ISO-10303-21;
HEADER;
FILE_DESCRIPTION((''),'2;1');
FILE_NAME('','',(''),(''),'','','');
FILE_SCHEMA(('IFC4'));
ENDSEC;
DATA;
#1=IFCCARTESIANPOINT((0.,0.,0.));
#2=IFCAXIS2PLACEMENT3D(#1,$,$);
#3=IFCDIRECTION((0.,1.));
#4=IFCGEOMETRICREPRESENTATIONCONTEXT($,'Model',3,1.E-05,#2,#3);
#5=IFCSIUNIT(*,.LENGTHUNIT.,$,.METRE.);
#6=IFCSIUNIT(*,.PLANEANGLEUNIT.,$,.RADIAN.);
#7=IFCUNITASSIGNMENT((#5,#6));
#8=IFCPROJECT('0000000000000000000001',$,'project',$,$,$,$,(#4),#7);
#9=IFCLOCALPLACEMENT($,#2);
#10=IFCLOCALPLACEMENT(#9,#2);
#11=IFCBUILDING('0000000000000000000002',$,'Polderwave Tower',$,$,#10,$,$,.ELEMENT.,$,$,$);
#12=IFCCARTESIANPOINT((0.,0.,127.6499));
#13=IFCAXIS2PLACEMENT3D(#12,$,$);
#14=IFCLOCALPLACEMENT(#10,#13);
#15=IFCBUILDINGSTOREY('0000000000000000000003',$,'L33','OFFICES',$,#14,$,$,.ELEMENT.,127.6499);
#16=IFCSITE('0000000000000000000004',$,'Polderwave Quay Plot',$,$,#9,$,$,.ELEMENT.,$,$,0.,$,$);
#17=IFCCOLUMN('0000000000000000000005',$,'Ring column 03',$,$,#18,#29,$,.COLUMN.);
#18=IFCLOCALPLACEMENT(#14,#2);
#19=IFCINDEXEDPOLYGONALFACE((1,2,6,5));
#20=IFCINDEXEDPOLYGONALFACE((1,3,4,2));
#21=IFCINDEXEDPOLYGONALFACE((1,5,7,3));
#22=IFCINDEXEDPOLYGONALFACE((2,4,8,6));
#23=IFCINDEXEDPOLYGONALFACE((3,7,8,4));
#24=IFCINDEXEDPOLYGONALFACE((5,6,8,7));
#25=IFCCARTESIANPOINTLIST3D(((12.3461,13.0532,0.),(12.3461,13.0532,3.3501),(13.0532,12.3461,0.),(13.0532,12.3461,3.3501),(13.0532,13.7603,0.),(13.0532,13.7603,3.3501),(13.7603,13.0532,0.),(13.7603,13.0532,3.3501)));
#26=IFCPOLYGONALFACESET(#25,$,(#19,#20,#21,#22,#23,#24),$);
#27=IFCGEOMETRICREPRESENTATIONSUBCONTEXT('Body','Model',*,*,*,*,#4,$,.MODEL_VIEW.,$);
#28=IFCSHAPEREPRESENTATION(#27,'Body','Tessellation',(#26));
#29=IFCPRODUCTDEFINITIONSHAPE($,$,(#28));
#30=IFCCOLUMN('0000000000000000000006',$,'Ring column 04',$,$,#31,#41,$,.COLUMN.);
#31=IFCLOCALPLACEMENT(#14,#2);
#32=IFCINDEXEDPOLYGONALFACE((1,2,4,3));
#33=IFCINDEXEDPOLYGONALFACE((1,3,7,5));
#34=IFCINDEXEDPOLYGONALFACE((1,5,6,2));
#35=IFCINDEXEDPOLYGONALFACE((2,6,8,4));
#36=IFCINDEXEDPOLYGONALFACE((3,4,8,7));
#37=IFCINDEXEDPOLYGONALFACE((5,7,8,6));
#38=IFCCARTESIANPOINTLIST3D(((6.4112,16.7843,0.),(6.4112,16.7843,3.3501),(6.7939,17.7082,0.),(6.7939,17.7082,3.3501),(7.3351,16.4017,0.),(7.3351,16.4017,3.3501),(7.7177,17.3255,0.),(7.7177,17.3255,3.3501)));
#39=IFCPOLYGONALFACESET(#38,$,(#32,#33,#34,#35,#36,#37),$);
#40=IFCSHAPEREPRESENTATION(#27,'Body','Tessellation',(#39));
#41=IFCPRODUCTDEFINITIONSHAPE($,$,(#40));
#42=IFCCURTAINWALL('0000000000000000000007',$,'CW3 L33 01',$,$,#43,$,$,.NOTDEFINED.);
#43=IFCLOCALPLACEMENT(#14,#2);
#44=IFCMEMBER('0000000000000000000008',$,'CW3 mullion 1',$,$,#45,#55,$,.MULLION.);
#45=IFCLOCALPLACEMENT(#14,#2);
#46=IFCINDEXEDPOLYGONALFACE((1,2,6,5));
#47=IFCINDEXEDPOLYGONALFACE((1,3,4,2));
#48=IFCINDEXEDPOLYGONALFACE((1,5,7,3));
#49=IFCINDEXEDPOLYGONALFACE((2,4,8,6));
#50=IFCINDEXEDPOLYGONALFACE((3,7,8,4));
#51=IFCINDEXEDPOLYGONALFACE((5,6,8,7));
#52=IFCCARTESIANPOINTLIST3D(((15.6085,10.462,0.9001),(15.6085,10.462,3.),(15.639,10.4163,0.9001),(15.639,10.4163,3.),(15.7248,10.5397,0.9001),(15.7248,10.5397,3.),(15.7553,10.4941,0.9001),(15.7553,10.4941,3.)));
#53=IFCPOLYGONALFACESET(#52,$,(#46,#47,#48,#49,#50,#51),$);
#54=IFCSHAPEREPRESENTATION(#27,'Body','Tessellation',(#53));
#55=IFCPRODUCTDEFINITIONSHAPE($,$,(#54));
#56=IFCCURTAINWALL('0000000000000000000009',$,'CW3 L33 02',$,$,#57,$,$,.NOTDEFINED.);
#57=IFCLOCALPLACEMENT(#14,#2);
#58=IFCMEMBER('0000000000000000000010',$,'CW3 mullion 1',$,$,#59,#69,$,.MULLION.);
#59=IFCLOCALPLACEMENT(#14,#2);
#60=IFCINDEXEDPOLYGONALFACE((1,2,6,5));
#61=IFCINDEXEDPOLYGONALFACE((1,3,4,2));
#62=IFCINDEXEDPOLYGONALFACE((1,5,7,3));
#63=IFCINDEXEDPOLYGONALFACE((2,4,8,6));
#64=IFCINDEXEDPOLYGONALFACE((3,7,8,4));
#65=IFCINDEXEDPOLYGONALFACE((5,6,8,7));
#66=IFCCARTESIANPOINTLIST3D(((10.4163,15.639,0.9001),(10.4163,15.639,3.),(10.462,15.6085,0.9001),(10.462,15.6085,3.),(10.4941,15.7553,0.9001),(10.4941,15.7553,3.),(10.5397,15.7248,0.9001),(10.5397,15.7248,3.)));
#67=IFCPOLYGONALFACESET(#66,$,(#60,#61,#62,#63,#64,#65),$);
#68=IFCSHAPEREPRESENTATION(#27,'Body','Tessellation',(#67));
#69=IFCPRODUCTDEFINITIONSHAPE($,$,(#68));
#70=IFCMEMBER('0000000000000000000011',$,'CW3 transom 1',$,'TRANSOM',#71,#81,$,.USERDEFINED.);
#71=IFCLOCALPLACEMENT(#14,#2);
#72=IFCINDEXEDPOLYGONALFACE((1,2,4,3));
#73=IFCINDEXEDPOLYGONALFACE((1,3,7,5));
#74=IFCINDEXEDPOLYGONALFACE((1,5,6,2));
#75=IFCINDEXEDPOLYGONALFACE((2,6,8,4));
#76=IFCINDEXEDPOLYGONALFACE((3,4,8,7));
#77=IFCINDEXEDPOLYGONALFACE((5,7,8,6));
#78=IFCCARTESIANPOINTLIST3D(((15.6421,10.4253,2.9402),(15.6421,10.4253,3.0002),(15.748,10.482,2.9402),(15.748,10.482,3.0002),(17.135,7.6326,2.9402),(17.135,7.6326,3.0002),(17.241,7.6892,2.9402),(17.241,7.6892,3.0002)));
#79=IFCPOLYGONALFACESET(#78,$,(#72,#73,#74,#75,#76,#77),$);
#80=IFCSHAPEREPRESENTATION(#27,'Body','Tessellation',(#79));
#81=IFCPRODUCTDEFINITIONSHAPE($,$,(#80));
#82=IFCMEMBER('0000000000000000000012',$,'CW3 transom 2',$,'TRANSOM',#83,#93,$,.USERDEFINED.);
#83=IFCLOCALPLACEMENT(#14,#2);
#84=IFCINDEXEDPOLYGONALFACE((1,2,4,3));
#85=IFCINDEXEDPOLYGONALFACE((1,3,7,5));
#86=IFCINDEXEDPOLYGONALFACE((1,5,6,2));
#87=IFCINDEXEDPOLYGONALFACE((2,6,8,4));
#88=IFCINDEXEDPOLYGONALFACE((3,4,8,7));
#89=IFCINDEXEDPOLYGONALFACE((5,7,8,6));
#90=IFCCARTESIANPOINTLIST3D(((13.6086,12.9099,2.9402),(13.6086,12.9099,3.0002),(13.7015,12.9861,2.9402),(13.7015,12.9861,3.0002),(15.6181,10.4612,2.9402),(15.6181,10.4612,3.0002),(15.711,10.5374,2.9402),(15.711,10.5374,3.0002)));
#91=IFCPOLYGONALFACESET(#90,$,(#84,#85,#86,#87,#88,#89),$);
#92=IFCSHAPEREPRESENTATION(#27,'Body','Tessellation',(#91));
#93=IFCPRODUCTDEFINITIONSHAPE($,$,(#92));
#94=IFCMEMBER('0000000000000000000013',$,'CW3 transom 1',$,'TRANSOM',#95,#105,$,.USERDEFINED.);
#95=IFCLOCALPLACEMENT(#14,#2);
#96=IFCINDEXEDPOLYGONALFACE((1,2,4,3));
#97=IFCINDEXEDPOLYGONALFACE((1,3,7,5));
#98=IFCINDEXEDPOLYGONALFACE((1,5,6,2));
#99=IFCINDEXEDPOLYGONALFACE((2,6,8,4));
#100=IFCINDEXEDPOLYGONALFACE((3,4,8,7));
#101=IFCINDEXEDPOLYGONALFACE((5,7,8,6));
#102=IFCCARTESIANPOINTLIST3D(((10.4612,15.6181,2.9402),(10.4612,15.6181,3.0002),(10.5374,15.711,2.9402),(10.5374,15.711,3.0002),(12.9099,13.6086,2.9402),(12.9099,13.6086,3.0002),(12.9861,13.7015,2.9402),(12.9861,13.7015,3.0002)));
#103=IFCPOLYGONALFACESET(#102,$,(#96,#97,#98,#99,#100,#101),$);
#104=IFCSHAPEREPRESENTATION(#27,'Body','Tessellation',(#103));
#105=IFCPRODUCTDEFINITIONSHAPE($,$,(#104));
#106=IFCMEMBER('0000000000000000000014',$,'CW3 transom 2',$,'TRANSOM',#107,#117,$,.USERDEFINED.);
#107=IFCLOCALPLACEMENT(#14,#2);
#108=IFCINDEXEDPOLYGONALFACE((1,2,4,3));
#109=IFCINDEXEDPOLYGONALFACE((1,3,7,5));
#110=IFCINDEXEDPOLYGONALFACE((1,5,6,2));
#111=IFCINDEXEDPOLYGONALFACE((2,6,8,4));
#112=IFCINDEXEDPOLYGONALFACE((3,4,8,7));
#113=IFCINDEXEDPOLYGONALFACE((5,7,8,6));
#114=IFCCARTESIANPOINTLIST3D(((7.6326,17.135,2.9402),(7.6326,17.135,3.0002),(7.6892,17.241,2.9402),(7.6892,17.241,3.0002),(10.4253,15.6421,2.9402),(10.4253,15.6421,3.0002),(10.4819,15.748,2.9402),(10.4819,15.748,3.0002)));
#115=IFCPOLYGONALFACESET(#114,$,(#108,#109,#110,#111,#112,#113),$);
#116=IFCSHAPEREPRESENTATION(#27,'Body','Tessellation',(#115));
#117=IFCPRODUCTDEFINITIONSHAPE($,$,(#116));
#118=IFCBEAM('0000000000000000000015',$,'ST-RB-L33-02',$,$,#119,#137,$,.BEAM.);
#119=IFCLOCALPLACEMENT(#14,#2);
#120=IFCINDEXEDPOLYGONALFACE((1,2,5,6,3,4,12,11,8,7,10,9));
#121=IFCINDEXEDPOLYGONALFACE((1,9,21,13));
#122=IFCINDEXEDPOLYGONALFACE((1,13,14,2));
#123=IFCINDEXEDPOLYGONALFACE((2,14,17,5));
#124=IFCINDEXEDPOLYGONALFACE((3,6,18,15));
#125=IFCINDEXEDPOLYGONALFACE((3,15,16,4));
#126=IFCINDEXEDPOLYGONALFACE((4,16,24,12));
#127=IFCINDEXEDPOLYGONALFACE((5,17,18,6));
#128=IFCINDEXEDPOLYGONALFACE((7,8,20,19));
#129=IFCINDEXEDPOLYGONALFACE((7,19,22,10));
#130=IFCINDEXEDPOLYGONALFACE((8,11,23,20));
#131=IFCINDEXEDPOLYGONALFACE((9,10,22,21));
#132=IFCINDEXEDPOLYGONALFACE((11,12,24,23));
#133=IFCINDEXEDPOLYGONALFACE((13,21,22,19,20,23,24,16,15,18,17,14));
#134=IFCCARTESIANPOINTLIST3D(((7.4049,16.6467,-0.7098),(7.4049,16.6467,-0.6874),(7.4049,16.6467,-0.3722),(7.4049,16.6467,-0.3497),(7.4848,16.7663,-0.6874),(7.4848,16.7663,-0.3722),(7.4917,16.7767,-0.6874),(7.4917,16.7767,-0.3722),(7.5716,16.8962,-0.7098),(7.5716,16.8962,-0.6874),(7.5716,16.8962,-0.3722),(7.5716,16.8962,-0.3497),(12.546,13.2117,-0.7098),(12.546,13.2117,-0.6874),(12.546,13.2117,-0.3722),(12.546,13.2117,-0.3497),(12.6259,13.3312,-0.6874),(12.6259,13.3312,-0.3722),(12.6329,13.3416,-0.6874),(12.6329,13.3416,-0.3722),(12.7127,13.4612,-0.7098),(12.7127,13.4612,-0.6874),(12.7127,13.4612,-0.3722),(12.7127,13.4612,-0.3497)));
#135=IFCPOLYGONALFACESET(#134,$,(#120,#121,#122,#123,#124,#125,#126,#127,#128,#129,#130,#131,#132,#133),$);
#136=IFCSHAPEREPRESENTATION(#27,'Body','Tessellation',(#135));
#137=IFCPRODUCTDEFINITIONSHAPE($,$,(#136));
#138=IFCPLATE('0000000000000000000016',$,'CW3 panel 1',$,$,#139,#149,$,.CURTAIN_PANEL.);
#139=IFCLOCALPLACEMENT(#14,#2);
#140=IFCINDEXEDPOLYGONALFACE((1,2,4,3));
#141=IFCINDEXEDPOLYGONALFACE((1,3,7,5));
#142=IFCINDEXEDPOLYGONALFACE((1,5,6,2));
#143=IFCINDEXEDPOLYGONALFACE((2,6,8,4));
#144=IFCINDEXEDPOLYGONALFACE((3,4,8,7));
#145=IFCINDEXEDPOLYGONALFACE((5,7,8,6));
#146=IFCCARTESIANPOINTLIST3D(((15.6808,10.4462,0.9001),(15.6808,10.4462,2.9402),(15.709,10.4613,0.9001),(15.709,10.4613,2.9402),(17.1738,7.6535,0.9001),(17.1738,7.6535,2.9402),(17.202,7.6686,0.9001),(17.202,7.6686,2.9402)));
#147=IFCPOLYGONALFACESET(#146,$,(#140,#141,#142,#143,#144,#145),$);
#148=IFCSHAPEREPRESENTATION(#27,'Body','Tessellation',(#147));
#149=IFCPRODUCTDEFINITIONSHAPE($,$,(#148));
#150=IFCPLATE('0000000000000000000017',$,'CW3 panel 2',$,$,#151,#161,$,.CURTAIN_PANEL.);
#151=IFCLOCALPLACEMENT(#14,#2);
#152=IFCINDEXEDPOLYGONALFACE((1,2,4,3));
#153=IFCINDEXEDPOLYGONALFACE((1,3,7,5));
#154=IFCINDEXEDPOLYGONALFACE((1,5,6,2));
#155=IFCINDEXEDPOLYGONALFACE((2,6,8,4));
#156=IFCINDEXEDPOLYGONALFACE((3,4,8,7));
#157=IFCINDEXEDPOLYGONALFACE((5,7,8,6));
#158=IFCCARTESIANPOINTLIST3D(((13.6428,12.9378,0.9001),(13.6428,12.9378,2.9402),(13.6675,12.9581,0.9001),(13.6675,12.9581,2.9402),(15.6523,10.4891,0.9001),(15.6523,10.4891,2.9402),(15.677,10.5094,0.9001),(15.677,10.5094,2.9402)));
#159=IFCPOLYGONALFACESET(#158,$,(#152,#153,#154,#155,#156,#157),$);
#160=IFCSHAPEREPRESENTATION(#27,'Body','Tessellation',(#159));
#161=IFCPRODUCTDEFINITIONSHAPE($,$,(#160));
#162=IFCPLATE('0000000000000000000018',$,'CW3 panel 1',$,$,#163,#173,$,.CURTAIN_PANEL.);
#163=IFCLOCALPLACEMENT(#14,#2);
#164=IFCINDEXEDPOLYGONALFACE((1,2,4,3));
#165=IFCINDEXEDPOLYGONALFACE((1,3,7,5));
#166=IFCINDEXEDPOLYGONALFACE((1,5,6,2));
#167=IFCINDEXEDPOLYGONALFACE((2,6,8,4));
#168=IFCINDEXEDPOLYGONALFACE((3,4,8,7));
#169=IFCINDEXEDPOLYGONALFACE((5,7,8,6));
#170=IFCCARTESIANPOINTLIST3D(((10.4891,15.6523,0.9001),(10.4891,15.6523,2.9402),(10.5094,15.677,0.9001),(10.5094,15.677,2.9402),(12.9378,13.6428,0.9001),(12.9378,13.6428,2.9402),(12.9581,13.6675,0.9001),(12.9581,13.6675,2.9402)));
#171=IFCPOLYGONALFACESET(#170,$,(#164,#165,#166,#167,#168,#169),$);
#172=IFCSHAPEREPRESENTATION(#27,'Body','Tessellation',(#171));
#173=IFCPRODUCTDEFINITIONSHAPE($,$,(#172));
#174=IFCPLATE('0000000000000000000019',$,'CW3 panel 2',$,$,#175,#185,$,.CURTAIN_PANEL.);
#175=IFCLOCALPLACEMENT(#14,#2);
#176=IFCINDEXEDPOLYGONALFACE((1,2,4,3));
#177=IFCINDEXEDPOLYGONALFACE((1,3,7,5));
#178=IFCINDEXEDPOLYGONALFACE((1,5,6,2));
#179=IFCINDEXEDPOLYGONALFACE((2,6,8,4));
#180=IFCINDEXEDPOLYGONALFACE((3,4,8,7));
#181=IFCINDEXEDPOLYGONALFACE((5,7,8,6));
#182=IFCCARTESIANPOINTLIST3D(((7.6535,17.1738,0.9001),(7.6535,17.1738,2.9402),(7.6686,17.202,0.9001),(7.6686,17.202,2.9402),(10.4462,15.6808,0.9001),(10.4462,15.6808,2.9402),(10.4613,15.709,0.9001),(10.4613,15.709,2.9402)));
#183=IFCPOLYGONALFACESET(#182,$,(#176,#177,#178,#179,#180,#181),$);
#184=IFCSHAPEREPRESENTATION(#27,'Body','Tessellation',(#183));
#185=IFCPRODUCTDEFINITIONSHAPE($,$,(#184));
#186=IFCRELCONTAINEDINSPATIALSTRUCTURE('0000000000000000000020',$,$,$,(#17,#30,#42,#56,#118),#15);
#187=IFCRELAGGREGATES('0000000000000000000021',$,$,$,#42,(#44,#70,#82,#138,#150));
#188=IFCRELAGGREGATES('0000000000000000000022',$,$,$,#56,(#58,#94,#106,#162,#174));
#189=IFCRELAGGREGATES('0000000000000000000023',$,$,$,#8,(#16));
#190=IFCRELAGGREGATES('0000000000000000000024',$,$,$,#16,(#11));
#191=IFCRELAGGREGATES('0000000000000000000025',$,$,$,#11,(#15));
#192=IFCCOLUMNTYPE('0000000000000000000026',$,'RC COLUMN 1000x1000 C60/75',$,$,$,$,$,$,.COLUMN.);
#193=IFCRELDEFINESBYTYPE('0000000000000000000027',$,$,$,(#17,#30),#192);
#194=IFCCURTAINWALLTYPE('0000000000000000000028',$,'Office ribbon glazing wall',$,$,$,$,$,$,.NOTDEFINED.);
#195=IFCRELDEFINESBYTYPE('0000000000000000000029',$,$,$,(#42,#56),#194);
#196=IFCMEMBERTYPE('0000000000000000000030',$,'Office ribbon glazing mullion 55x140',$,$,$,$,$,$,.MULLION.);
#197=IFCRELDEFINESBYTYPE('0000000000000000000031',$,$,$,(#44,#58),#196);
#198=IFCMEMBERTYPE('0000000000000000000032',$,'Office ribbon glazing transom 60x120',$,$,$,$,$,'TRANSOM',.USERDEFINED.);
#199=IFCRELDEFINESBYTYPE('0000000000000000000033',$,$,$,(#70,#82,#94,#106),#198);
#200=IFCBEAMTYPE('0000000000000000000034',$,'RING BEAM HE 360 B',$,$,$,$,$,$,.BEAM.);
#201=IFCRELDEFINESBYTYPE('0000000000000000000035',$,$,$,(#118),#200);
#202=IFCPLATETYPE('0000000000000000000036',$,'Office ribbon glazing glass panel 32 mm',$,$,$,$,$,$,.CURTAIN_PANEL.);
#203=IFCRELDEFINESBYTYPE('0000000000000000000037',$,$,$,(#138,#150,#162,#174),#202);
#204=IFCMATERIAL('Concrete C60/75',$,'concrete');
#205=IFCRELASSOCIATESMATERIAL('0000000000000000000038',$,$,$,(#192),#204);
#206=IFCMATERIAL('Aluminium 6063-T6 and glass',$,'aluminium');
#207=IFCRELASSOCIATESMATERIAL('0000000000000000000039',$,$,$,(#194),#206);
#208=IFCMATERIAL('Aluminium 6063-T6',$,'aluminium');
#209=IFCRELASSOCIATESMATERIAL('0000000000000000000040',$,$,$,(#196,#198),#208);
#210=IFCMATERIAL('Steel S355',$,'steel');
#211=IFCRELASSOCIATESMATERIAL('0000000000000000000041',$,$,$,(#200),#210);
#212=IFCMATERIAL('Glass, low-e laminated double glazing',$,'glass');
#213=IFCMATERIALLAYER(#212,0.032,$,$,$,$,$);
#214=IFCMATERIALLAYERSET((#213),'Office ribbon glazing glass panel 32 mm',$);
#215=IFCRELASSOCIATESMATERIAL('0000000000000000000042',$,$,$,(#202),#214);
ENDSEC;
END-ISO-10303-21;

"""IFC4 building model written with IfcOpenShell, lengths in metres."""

from ifc_helpers import new_model, si_unit, direction, frame, origin, origin_2d, place, context, subcontext, project, spatial, rectangle, i_section, extrude, material, layer, layer_set, material_profile, profile_set, type_object, element, aggregate, save


model = new_model("IFC4")

# Units and contexts
model_context = context("Model", 3, precision=1e-05, world=origin(), true_north=direction((0.0, 1.0)))
body_context = subcontext(model_context, "Body", "Model", "MODEL_VIEW")
ifc_project = project(units=[si_unit("LENGTHUNIT", "METRE"), si_unit("PLANEANGLEUNIT", "RADIAN")], contexts=[model_context])

# Site, building, storey
site_placement = place(None, origin())
site = spatial("IfcSite", under=ifc_project, at=site_placement, Name="Polderwave Quay Plot", CompositionType="ELEMENT", RefElevation=0.0)
building_placement = place(site_placement, origin())
building = spatial("IfcBuilding", under=site, at=building_placement, Name="Polderwave Tower", CompositionType="ELEMENT")
storey_placement = place(building_placement, frame((0.0, 0.0, 127.6499)))
storey = spatial("IfcBuildingStorey", under=building, at=storey_placement, Name="L33", Description="OFFICES", CompositionType="ELEMENT", Elevation=127.6499)

# Columns
ifc_material_1 = material(Name="Concrete C60/75", Category="concrete")
ifc_material_profile_1 = material_profile(ifc_material_1, rectangle(XDim=1.0, YDim=1.0, at=origin_2d()), Name="RC 1000x1000")
ifc_profile_set_1 = profile_set([ifc_material_profile_1], Name="Concrete C60/75")
column_type = type_object("IfcColumnType", Name="RC COLUMN 1000x1000 C60/75", PredefinedType="COLUMN", material=ifc_profile_set_1)
for number, where, z_axis, x_axis, name in (
    (1, (13.0532, 13.0532, 0.0), (0.0, 0.0, 1.0), (0.707107, 0.707107, 0.0), "Ring column 03"),
    (2, (7.0645, 17.0549, 0.0), (0.0, 0.0, 1.0), (0.382683, 0.92388, 0.0), "Ring column 04"),
):
    element("IfcColumn", number, at=place(storey_placement, frame(where, z_axis=z_axis, x_axis=x_axis)), inside=storey, type_object=column_type, Name=name, PredefinedType="COLUMN", context=body_context, shape_type="SweptSolid", body=[
        extrude(rectangle(XDim=1.0, YDim=1.0, at=origin_2d()), origin(), (0.0, 0.0, 1.0), 3.3501),
    ])

# Curtain walls, members
ifc_material_2 = material(Name="Aluminium 6063-T6 and glass", Category="aluminium")
curtain_wall_type = type_object("IfcCurtainWallType", Name="Office ribbon glazing wall", PredefinedType="NOTDEFINED", material=ifc_material_2)
curtain_wall_1_placement = place(storey_placement, origin())
curtain_wall_1 = element("IfcCurtainWall", 3, at=curtain_wall_1_placement, inside=storey, type_object=curtain_wall_type, Name="CW3 L33 01", PredefinedType="NOTDEFINED")
ifc_material_3 = material(Name="Aluminium 6063-T6", Category="aluminium")
ifc_material_profile_2 = material_profile(ifc_material_3, rectangle(XDim=0.1399, YDim=0.0549, at=origin_2d()), Name="AL 55x140")
ifc_profile_set_2 = profile_set([ifc_material_profile_2], Name="Aluminium 6063-T6")
member_type_1 = type_object("IfcMemberType", Name="Office ribbon glazing mullion 55x140", PredefinedType="MULLION", material=ifc_profile_set_2)
member_1_placement = place(storey_placement, frame((15.6819, 10.478, 0.9001), z_axis=(0.0, 0.0, 1.0), x_axis=(-0.831453, -0.555595, 0.0)))
member_1 = element("IfcMember", 4, at=member_1_placement, type_object=member_type_1, Name="CW3 mullion 1", PredefinedType="MULLION", context=body_context, shape_type="SweptSolid", body=[
    extrude(rectangle(XDim=0.1399, YDim=0.0549, at=origin_2d()), origin(), (0.0, 0.0, 1.0), 2.0999),
])
curtain_wall_2_placement = place(storey_placement, origin())
curtain_wall_2 = element("IfcCurtainWall", 5, at=curtain_wall_2_placement, inside=storey, type_object=curtain_wall_type, Name="CW3 L33 02", PredefinedType="NOTDEFINED")
member_2_placement = place(storey_placement, frame((10.478, 15.6819, 0.9001), z_axis=(0.0, 0.0, 1.0), x_axis=(-0.555595, -0.831453, 0.0)))
member_2 = element("IfcMember", 6, at=member_2_placement, type_object=member_type_1, Name="CW3 mullion 1", PredefinedType="MULLION", context=body_context, shape_type="SweptSolid", body=[
    extrude(rectangle(XDim=0.1399, YDim=0.0549, at=origin_2d()), origin(), (0.0, 0.0, 1.0), 2.0999),
])

# Members
ifc_material_profile_3 = material_profile(ifc_material_3, rectangle(XDim=0.1201, YDim=0.0601, at=origin_2d()), Name="AL 60x120")
ifc_profile_set_3 = profile_set([ifc_material_profile_3], Name="Aluminium 6063-T6")
member_type_2 = type_object("IfcMemberType", Name="Office ribbon glazing transom 60x120", ElementType="TRANSOM", PredefinedType="USERDEFINED", material=ifc_profile_set_3)
member_3_placement = place(storey_placement, frame((17.188, 7.6609, 2.9702), z_axis=(-0.47144, 0.881898, 0.0), x_axis=(-0.881898, -0.47144, 0.0)))
member_3 = element("IfcMember", 7, at=member_3_placement, type_object=member_type_2, Name="CW3 transom 1", ObjectType="TRANSOM", PredefinedType="USERDEFINED", context=body_context, shape_type="SweptSolid", body=[
    extrude(rectangle(XDim=0.1201, YDim=0.0601, at=origin_2d()), origin(), (0.0, 0.0, 1.0), 3.1667),
])
member_4_placement = place(storey_placement, frame((15.6646, 10.4993, 2.9702), z_axis=(-0.634374, 0.773026, 0.0), x_axis=(-0.773026, -0.634374, 0.0)))
member_4 = element("IfcMember", 8, at=member_4_placement, type_object=member_type_2, Name="CW3 transom 2", ObjectType="TRANSOM", PredefinedType="USERDEFINED", context=body_context, shape_type="SweptSolid", body=[
    extrude(rectangle(XDim=0.1201, YDim=0.0601, at=origin_2d()), origin(), (0.0, 0.0, 1.0), 3.1677),
])
member_5_placement = place(storey_placement, frame((12.948, 13.655, 2.9702), z_axis=(-0.773026, 0.634374, 0.0), x_axis=(-0.634374, -0.773026, 0.0)))
member_5 = element("IfcMember", 9, at=member_5_placement, type_object=member_type_2, Name="CW3 transom 1", ObjectType="TRANSOM", PredefinedType="USERDEFINED", context=body_context, shape_type="SweptSolid", body=[
    extrude(rectangle(XDim=0.1201, YDim=0.0601, at=origin_2d()), origin(), (0.0, 0.0, 1.0), 3.1677),
])
member_6_placement = place(storey_placement, frame((10.4536, 15.6951, 2.9702), z_axis=(-0.881898, 0.47144, 0.0), x_axis=(-0.47144, -0.881898, 0.0)))
member_6 = element("IfcMember", 10, at=member_6_placement, type_object=member_type_2, Name="CW3 transom 2", ObjectType="TRANSOM", PredefinedType="USERDEFINED", context=body_context, shape_type="SweptSolid", body=[
    extrude(rectangle(XDim=0.1201, YDim=0.0601, at=origin_2d()), origin(), (0.0, 0.0, 1.0), 3.1667),
])

# Beam
ifc_material_4 = material(Name="Steel S355", Category="steel")
ifc_material_profile_4 = material_profile(ifc_material_4, i_section(OverallWidth=0.3, OverallDepth=0.3601, WebThickness=0.0125, FlangeThickness=0.0225, at=origin_2d()), Name="HE 360 B")
ifc_profile_set_4 = profile_set([ifc_material_profile_4], Name="Steel S355")
beam_type = type_object("IfcBeamType", Name="RING BEAM HE 360 B", PredefinedType="BEAM", material=ifc_profile_set_4)
beam_placement = place(storey_placement, frame((12.6294, 13.3364, -0.5298), z_axis=(-0.831479, 0.555556, 0.0), x_axis=(-0.555556, -0.831479, 0.0)))
element("IfcBeam", 11, at=beam_placement, inside=storey, type_object=beam_type, Name="ST-RB-L33-02", PredefinedType="BEAM", context=body_context, shape_type="SweptSolid", body=[
    extrude(i_section(OverallWidth=0.3, OverallDepth=0.3601, WebThickness=0.0125, FlangeThickness=0.0225, at=origin_2d()), origin(), (0.0, 0.0, 1.0), 6.1831),
])

# Plates
ifc_material_5 = material(Name="Glass, low-e laminated double glazing", Category="glass")
ifc_layer_1 = layer(ifc_material_5, 0.032)
ifc_layer_set_1 = layer_set([ifc_layer_1], Name="Office ribbon glazing glass panel 32 mm")
plate_type = type_object("IfcPlateType", Name="Office ribbon glazing glass panel 32 mm", PredefinedType="CURTAIN_PANEL", material=ifc_layer_set_1)
plate_1_placement = place(storey_placement, frame((16.4414, 9.0574, 0.9001), z_axis=(0.0, 0.0, 1.0), x_axis=(-0.471466, 0.881884, 0.0)))
plate_1 = element("IfcPlate", 12, at=plate_1_placement, type_object=plate_type, Name="CW3 panel 1", PredefinedType="CURTAIN_PANEL", context=body_context, shape_type="SweptSolid", body=[
    extrude(rectangle(XDim=3.1667, YDim=0.032, at=origin_2d()), origin(), (0.0, 0.0, 1.0), 2.04),
])
plate_2_placement = place(storey_placement, frame((14.6599, 11.7236, 0.9001), z_axis=(0.0, 0.0, 1.0), x_axis=(-0.634378, 0.773023, 0.0)))
plate_2 = element("IfcPlate", 13, at=plate_2_placement, type_object=plate_type, Name="CW3 panel 2", PredefinedType="CURTAIN_PANEL", context=body_context, shape_type="SweptSolid", body=[
    extrude(rectangle(XDim=3.1677, YDim=0.032, at=origin_2d()), origin(), (0.0, 0.0, 1.0), 2.04),
])
aggregate(curtain_wall_1, [member_1, member_3, member_4, plate_1, plate_2])
plate_3_placement = place(storey_placement, frame((11.7236, 14.6599, 0.9001), z_axis=(0.0, 0.0, 1.0), x_axis=(-0.773023, 0.634378, 0.0)))
plate_3 = element("IfcPlate", 14, at=plate_3_placement, type_object=plate_type, Name="CW3 panel 1", PredefinedType="CURTAIN_PANEL", context=body_context, shape_type="SweptSolid", body=[
    extrude(rectangle(XDim=3.1677, YDim=0.032, at=origin_2d()), origin(), (0.0, 0.0, 1.0), 2.04),
])
plate_4_placement = place(storey_placement, frame((9.0574, 16.4414, 0.9001), z_axis=(0.0, 0.0, 1.0), x_axis=(-0.881884, 0.471466, 0.0)))
plate_4 = element("IfcPlate", 15, at=plate_4_placement, type_object=plate_type, Name="CW3 panel 2", PredefinedType="CURTAIN_PANEL", context=body_context, shape_type="SweptSolid", body=[
    extrude(rectangle(XDim=3.1667, YDim=0.032, at=origin_2d()), origin(), (0.0, 0.0, 1.0), 2.04),
])
aggregate(curtain_wall_2, [member_2, member_5, member_6, plate_3, plate_4])

save(model, "model.ifc")
